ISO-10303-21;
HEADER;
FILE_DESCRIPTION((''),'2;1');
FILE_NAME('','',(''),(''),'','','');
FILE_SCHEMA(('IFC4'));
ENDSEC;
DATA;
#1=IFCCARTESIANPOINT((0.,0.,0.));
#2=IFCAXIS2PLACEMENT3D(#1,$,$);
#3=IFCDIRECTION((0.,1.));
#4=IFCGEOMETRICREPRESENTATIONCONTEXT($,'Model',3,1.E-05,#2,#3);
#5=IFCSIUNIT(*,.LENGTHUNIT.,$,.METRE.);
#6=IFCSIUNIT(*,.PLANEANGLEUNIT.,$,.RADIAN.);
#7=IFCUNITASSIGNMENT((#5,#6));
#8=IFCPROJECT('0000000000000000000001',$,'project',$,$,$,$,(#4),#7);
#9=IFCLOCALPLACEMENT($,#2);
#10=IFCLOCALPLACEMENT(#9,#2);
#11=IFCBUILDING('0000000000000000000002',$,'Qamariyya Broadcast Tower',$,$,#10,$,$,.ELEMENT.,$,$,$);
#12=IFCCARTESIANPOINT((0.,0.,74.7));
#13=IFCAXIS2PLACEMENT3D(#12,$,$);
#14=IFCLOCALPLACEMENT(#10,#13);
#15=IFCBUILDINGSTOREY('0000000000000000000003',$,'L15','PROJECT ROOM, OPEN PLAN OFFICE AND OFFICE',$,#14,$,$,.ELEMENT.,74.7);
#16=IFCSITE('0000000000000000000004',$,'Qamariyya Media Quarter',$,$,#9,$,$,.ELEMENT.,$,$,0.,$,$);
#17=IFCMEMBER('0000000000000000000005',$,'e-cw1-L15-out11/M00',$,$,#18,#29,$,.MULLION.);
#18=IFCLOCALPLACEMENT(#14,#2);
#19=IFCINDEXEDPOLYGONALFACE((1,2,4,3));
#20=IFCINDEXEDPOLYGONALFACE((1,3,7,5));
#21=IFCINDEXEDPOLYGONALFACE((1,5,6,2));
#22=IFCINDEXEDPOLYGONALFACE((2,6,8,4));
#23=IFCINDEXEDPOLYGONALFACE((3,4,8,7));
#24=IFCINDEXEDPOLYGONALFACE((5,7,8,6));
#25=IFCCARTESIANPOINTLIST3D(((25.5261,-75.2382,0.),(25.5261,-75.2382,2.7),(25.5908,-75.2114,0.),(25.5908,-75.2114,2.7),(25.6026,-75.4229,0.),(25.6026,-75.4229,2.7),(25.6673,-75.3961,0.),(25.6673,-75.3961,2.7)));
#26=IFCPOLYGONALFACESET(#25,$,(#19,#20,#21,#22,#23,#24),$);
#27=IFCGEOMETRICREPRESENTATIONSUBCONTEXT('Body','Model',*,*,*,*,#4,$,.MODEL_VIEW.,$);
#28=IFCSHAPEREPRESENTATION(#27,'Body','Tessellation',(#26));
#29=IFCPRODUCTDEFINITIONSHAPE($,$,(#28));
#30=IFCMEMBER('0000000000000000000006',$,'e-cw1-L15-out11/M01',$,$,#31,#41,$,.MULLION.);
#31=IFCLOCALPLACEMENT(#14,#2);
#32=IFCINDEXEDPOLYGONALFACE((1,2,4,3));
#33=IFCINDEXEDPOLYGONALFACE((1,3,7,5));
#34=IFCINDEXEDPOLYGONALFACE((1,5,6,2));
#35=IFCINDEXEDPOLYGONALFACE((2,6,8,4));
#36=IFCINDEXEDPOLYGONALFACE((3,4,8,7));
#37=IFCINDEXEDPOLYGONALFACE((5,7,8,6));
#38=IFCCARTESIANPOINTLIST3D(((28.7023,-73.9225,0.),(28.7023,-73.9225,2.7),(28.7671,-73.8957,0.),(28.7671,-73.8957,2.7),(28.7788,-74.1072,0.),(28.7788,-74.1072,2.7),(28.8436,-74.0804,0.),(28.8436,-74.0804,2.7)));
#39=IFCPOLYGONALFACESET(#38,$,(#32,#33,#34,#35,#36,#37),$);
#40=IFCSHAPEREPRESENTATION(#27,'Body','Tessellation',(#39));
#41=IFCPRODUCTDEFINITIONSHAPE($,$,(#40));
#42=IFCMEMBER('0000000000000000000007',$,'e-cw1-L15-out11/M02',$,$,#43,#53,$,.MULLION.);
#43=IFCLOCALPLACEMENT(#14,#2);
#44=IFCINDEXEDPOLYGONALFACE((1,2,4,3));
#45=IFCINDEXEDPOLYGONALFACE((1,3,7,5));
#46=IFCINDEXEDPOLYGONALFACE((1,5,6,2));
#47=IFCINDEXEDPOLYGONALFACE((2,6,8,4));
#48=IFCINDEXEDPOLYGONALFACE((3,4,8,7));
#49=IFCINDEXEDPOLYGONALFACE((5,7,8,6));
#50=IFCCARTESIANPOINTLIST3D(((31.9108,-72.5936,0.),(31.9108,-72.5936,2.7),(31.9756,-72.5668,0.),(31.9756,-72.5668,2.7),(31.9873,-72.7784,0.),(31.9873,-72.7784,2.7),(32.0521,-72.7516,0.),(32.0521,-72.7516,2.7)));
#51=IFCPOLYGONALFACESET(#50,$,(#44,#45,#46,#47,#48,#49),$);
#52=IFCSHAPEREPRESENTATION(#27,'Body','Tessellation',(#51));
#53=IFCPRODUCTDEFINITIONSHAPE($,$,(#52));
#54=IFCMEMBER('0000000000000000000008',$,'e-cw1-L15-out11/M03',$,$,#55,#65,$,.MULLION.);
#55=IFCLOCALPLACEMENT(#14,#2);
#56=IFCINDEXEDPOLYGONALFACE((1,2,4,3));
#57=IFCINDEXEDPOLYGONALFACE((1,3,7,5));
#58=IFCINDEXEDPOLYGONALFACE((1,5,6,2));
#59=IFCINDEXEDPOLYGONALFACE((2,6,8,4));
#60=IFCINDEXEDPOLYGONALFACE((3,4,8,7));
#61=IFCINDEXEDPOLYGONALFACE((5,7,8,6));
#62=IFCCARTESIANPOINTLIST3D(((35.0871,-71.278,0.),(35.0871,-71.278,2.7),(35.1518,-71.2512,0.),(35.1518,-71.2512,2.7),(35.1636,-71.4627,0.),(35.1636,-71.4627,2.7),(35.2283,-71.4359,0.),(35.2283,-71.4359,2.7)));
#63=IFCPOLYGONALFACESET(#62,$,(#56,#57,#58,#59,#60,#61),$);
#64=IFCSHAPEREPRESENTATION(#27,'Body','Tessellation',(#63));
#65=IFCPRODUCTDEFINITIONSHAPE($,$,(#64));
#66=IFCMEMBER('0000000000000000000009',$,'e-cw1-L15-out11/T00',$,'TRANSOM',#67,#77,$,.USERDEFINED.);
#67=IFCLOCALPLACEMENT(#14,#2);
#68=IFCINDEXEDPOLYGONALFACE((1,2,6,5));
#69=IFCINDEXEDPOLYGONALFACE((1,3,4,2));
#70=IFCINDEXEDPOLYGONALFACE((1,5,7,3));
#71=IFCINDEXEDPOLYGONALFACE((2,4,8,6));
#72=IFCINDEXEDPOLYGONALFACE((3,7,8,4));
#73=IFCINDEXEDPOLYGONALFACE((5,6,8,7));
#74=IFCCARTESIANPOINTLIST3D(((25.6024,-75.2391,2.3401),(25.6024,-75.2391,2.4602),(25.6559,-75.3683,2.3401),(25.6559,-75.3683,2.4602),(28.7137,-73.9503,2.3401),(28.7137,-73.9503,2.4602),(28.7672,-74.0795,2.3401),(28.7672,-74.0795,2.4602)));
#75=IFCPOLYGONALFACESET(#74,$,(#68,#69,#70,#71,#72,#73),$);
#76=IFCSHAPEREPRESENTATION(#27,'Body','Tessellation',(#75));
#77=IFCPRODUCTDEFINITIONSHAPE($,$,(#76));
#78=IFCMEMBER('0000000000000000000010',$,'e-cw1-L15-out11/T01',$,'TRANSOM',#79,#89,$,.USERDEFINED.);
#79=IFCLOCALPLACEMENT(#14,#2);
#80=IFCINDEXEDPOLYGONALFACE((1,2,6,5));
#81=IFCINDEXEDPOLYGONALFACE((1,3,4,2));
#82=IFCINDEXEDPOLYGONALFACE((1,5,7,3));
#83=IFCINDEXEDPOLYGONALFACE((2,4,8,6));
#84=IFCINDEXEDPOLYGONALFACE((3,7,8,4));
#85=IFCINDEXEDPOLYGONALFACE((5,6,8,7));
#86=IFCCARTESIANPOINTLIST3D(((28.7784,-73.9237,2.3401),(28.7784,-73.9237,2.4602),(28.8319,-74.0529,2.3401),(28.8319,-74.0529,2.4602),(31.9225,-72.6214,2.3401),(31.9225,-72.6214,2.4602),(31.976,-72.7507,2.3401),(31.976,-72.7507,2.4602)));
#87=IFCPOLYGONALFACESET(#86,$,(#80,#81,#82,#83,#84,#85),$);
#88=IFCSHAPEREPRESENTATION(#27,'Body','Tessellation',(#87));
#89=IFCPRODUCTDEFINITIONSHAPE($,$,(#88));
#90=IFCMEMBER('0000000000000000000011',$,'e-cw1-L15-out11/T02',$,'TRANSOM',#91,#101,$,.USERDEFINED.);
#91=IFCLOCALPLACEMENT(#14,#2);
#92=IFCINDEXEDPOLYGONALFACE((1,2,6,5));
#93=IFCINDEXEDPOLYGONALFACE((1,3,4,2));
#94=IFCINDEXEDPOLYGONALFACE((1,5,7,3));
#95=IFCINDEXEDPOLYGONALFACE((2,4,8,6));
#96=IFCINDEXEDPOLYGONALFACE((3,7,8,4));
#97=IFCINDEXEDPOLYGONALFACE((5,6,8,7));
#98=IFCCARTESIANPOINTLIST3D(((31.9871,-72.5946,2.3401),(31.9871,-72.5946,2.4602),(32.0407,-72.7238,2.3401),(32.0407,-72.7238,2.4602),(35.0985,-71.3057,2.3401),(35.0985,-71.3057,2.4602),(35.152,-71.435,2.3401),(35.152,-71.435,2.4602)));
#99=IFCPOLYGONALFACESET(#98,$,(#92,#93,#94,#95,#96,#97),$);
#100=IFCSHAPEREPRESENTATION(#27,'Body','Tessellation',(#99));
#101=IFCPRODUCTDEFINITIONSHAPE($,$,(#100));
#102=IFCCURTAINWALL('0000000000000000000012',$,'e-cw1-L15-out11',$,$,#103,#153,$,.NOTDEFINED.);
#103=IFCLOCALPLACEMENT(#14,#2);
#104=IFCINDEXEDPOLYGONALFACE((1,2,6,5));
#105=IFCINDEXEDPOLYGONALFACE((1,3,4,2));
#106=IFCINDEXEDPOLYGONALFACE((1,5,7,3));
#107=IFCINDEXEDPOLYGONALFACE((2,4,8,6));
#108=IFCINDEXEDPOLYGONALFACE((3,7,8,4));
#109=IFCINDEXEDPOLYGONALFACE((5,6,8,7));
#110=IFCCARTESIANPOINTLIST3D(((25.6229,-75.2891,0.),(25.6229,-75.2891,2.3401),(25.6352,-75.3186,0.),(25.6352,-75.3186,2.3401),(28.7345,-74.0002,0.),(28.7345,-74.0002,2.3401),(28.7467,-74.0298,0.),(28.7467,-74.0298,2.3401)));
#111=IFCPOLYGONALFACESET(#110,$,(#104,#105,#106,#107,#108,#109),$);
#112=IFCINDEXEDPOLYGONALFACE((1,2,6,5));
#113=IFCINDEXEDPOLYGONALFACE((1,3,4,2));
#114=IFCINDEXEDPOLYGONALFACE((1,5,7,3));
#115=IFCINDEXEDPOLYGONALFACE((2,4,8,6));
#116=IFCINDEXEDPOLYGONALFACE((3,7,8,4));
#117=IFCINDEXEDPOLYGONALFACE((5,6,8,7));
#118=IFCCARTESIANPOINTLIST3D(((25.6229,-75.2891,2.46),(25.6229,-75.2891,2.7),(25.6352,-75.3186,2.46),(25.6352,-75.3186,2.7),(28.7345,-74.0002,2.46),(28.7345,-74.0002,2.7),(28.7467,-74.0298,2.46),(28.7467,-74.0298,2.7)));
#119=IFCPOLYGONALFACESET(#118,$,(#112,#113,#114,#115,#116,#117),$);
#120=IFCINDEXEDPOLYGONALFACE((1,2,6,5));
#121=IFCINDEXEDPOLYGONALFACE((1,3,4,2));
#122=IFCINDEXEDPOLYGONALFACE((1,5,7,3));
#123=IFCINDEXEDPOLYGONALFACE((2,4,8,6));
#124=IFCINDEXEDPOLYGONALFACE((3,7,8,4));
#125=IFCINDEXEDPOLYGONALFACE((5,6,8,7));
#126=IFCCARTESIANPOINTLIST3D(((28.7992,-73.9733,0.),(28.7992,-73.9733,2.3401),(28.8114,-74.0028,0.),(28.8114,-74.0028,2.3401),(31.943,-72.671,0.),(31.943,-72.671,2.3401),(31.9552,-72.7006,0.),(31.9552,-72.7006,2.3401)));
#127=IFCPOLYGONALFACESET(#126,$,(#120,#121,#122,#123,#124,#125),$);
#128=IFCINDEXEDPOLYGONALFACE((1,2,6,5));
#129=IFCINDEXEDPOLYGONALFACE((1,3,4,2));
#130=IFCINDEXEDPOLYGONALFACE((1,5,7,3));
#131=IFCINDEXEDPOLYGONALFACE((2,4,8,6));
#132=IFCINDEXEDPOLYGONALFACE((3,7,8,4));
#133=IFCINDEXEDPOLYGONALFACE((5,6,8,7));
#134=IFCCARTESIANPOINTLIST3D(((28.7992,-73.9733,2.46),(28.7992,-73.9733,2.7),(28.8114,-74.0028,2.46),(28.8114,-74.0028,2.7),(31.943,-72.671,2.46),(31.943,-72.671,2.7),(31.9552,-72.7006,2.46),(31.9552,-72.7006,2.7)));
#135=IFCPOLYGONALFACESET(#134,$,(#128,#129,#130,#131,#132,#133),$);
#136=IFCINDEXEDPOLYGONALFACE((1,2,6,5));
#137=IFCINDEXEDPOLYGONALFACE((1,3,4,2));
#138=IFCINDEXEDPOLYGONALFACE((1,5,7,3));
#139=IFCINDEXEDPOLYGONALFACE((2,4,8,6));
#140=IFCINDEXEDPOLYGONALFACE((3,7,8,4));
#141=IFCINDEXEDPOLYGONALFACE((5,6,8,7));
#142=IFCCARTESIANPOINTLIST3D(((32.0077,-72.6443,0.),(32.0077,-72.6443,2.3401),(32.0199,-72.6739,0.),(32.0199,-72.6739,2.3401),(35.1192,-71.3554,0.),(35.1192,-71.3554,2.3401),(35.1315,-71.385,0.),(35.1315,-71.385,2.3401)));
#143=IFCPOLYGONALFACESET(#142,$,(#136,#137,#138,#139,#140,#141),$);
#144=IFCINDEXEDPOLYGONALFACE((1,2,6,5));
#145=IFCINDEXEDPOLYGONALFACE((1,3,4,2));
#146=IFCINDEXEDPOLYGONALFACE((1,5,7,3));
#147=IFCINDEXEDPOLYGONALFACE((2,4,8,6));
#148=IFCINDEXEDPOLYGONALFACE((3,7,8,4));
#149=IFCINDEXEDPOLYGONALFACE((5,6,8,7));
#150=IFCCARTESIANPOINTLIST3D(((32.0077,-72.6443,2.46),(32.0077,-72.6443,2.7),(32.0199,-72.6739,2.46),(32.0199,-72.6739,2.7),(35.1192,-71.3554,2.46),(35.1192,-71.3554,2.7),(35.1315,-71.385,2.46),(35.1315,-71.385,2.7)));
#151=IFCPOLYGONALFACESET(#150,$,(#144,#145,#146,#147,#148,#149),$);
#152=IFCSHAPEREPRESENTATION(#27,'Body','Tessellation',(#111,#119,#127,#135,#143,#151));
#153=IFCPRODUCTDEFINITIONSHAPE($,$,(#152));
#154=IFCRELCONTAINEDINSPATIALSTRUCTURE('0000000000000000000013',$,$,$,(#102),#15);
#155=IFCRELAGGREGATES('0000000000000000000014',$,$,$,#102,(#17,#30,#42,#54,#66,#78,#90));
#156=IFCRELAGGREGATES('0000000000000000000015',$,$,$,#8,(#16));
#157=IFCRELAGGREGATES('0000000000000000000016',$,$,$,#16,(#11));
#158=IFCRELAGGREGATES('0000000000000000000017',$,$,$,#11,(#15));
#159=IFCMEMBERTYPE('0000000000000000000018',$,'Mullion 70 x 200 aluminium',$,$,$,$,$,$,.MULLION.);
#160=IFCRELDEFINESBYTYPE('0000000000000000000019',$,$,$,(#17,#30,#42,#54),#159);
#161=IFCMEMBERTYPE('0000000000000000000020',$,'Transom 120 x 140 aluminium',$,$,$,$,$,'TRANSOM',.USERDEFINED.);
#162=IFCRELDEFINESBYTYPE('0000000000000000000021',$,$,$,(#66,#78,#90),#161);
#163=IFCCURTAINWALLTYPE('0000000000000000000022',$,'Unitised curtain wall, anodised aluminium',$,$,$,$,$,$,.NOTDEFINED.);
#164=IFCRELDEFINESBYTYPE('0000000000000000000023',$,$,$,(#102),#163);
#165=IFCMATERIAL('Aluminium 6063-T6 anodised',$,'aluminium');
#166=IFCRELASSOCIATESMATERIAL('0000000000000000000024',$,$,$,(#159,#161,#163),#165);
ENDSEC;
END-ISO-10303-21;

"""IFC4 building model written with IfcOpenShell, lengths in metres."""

from ifc_helpers import new_model, si_unit, direction, frame, origin, origin_2d, place, context, subcontext, project, spatial, rectangle, extrude, material, material_profile, profile_set, type_object, element, aggregate, save


model = new_model("IFC4")

# Units and contexts
model_context = context("Model", 3, precision=1e-05, world=origin(), true_north=direction((0.0, 1.0)))
body_context = subcontext(model_context, "Body", "Model", "MODEL_VIEW")
ifc_project = project(units=[si_unit("LENGTHUNIT", "METRE"), si_unit("PLANEANGLEUNIT", "RADIAN")], contexts=[model_context])

# Members
ifc_material = material(Name="Aluminium 6063-T6 anodised", Category="aluminium")
ifc_material_profile_1 = material_profile(ifc_material, rectangle(XDim=0.2, YDim=0.0701, at=origin_2d()))
ifc_profile_set_1 = profile_set([ifc_material_profile_1], Name="Aluminium 6063-T6 anodised")
member_type_1 = type_object("IfcMemberType", Name="Mullion 70 x 200 aluminium", PredefinedType="MULLION", material=ifc_profile_set_1)
site_placement = place(None, origin())
building_placement = place(site_placement, origin())
storey_placement = place(building_placement, frame((0.0, 0.0, 74.7)))
member_1_placement = place(storey_placement, frame((25.5967, -75.3171, 0.0), z_axis=(0.0, 0.0, 1.0), x_axis=(-0.382683, 0.92388, 0.0)))
member_1 = element("IfcMember", 1, at=member_1_placement, type_object=member_type_1, Name="e-cw1-L15-out11/M00", PredefinedType="MULLION", context=body_context, shape_type="SweptSolid", body=[
    extrude(rectangle(XDim=0.2, YDim=0.0701, at=origin_2d()), origin(), (0.0, 0.0, 1.0), 2.7),
])
member_2_placement = place(storey_placement, frame((28.7729, -74.0015, 0.0), z_axis=(0.0, 0.0, 1.0), x_axis=(-0.382683, 0.92388, 0.0)))
member_2 = element("IfcMember", 2, at=member_2_placement, type_object=member_type_1, Name="e-cw1-L15-out11/M01", PredefinedType="MULLION", context=body_context, shape_type="SweptSolid", body=[
    extrude(rectangle(XDim=0.2, YDim=0.0701, at=origin_2d()), origin(), (0.0, 0.0, 1.0), 2.7),
])
member_3_placement = place(storey_placement, frame((31.9814, -72.6726, 0.0), z_axis=(0.0, 0.0, 1.0), x_axis=(-0.382683, 0.92388, 0.0)))
member_3 = element("IfcMember", 3, at=member_3_placement, type_object=member_type_1, Name="e-cw1-L15-out11/M02", PredefinedType="MULLION", context=body_context, shape_type="SweptSolid", body=[
    extrude(rectangle(XDim=0.2, YDim=0.0701, at=origin_2d()), origin(), (0.0, 0.0, 1.0), 2.7),
])
member_4_placement = place(storey_placement, frame((35.1577, -71.3569, 0.0), z_axis=(0.0, 0.0, 1.0), x_axis=(-0.382683, 0.92388, 0.0)))
member_4 = element("IfcMember", 4, at=member_4_placement, type_object=member_type_1, Name="e-cw1-L15-out11/M03", PredefinedType="MULLION", context=body_context, shape_type="SweptSolid", body=[
    extrude(rectangle(XDim=0.2, YDim=0.0701, at=origin_2d()), origin(), (0.0, 0.0, 1.0), 2.7),
])
ifc_material_profile_2 = material_profile(ifc_material, rectangle(XDim=0.1399, YDim=0.1201, at=origin_2d()))
ifc_profile_set_2 = profile_set([ifc_material_profile_2], Name="Aluminium 6063-T6 anodised")
member_type_2 = type_object("IfcMemberType", Name="Transom 120 x 140 aluminium", ElementType="TRANSOM", PredefinedType="USERDEFINED", material=ifc_profile_set_2)
member_5_placement = place(storey_placement, frame((25.6292, -75.3037, 2.4001), z_axis=(0.923873, 0.3827, 0.0), x_axis=(-0.3827, 0.923873, 0.0)))
member_5 = element("IfcMember", 5, at=member_5_placement, type_object=member_type_2, Name="e-cw1-L15-out11/T00", ObjectType="TRANSOM", PredefinedType="USERDEFINED", context=body_context, shape_type="SweptSolid", body=[
    extrude(rectangle(XDim=0.1399, YDim=0.1201, at=origin_2d()), origin(), (0.0, 0.0, 1.0), 3.3677),
])
member_6_placement = place(storey_placement, frame((28.8052, -73.9883, 2.4001), z_axis=(0.923886, 0.382669, 0.0), x_axis=(-0.382669, 0.923886, 0.0)))
member_6 = element("IfcMember", 6, at=member_6_placement, type_object=member_type_2, Name="e-cw1-L15-out11/T01", ObjectType="TRANSOM", PredefinedType="USERDEFINED", context=body_context, shape_type="SweptSolid", body=[
    extrude(rectangle(XDim=0.1399, YDim=0.1201, at=origin_2d()), origin(), (0.0, 0.0, 1.0), 3.4031),
])
member_7_placement = place(storey_placement, frame((32.0139, -72.6592, 2.4001), z_axis=(0.923873, 0.3827, 0.0), x_axis=(-0.3827, 0.923873, 0.0)))
member_7 = element("IfcMember", 7, at=member_7_placement, type_object=member_type_2, Name="e-cw1-L15-out11/T02", ObjectType="TRANSOM", PredefinedType="USERDEFINED", context=body_context, shape_type="SweptSolid", body=[
    extrude(rectangle(XDim=0.1399, YDim=0.1201, at=origin_2d()), origin(), (0.0, 0.0, 1.0), 3.3677),
])

# Site, building, storey
site = spatial("IfcSite", under=ifc_project, at=site_placement, Name="Qamariyya Media Quarter", CompositionType="ELEMENT", RefElevation=0.0)
building = spatial("IfcBuilding", under=site, at=building_placement, Name="Qamariyya Broadcast Tower", CompositionType="ELEMENT")
storey = spatial("IfcBuildingStorey", under=building, at=storey_placement, Name="L15", Description="PROJECT ROOM, OPEN PLAN OFFICE AND OFFICE", CompositionType="ELEMENT", Elevation=74.7)

# Curtain wall
curtain_wall_type = type_object("IfcCurtainWallType", Name="Unitised curtain wall, anodised aluminium", PredefinedType="NOTDEFINED", material=ifc_material)
curtain_wall_1_placement = place(storey_placement, origin())
curtain_wall_1 = element("IfcCurtainWall", 8, at=curtain_wall_1_placement, inside=storey, type_object=curtain_wall_type, Name="e-cw1-L15-out11", PredefinedType="NOTDEFINED", context=body_context, shape_type="SweptSolid", body=[
    extrude(rectangle(XDim=3.3679, YDim=0.032, at=origin_2d()), frame((27.1848, -74.6594, 0.0), x_axis=(0.923878, 0.382688, 0.0)), (0.0, 0.0, 1.0), 2.3401),
    extrude(rectangle(XDim=3.3679, YDim=0.032, at=origin_2d()), frame((27.1848, -74.6594, 2.46), x_axis=(0.923878, 0.382688, 0.0)), (0.0, 0.0, 1.0), 0.24),
    extrude(rectangle(XDim=3.4028, YDim=0.032, at=origin_2d()), frame((30.3772, -73.3369, 0.0), x_axis=(0.923878, 0.382688, 0.0)), (0.0, 0.0, 1.0), 2.3401),
    extrude(rectangle(XDim=3.4028, YDim=0.032, at=origin_2d()), frame((30.3772, -73.3369, 2.46), x_axis=(0.923878, 0.382688, 0.0)), (0.0, 0.0, 1.0), 0.24),
    extrude(rectangle(XDim=3.3679, YDim=0.032, at=origin_2d()), frame((33.5696, -72.0146, 0.0), x_axis=(0.923878, 0.382688, 0.0)), (0.0, 0.0, 1.0), 2.3401),
    extrude(rectangle(XDim=3.3679, YDim=0.032, at=origin_2d()), frame((33.5696, -72.0146, 2.46), x_axis=(0.923878, 0.382688, 0.0)), (0.0, 0.0, 1.0), 0.24),
])
aggregate(curtain_wall_1, [member_1, member_2, member_3, member_4, member_5, member_6, member_7])

save(model, "model.ifc")
